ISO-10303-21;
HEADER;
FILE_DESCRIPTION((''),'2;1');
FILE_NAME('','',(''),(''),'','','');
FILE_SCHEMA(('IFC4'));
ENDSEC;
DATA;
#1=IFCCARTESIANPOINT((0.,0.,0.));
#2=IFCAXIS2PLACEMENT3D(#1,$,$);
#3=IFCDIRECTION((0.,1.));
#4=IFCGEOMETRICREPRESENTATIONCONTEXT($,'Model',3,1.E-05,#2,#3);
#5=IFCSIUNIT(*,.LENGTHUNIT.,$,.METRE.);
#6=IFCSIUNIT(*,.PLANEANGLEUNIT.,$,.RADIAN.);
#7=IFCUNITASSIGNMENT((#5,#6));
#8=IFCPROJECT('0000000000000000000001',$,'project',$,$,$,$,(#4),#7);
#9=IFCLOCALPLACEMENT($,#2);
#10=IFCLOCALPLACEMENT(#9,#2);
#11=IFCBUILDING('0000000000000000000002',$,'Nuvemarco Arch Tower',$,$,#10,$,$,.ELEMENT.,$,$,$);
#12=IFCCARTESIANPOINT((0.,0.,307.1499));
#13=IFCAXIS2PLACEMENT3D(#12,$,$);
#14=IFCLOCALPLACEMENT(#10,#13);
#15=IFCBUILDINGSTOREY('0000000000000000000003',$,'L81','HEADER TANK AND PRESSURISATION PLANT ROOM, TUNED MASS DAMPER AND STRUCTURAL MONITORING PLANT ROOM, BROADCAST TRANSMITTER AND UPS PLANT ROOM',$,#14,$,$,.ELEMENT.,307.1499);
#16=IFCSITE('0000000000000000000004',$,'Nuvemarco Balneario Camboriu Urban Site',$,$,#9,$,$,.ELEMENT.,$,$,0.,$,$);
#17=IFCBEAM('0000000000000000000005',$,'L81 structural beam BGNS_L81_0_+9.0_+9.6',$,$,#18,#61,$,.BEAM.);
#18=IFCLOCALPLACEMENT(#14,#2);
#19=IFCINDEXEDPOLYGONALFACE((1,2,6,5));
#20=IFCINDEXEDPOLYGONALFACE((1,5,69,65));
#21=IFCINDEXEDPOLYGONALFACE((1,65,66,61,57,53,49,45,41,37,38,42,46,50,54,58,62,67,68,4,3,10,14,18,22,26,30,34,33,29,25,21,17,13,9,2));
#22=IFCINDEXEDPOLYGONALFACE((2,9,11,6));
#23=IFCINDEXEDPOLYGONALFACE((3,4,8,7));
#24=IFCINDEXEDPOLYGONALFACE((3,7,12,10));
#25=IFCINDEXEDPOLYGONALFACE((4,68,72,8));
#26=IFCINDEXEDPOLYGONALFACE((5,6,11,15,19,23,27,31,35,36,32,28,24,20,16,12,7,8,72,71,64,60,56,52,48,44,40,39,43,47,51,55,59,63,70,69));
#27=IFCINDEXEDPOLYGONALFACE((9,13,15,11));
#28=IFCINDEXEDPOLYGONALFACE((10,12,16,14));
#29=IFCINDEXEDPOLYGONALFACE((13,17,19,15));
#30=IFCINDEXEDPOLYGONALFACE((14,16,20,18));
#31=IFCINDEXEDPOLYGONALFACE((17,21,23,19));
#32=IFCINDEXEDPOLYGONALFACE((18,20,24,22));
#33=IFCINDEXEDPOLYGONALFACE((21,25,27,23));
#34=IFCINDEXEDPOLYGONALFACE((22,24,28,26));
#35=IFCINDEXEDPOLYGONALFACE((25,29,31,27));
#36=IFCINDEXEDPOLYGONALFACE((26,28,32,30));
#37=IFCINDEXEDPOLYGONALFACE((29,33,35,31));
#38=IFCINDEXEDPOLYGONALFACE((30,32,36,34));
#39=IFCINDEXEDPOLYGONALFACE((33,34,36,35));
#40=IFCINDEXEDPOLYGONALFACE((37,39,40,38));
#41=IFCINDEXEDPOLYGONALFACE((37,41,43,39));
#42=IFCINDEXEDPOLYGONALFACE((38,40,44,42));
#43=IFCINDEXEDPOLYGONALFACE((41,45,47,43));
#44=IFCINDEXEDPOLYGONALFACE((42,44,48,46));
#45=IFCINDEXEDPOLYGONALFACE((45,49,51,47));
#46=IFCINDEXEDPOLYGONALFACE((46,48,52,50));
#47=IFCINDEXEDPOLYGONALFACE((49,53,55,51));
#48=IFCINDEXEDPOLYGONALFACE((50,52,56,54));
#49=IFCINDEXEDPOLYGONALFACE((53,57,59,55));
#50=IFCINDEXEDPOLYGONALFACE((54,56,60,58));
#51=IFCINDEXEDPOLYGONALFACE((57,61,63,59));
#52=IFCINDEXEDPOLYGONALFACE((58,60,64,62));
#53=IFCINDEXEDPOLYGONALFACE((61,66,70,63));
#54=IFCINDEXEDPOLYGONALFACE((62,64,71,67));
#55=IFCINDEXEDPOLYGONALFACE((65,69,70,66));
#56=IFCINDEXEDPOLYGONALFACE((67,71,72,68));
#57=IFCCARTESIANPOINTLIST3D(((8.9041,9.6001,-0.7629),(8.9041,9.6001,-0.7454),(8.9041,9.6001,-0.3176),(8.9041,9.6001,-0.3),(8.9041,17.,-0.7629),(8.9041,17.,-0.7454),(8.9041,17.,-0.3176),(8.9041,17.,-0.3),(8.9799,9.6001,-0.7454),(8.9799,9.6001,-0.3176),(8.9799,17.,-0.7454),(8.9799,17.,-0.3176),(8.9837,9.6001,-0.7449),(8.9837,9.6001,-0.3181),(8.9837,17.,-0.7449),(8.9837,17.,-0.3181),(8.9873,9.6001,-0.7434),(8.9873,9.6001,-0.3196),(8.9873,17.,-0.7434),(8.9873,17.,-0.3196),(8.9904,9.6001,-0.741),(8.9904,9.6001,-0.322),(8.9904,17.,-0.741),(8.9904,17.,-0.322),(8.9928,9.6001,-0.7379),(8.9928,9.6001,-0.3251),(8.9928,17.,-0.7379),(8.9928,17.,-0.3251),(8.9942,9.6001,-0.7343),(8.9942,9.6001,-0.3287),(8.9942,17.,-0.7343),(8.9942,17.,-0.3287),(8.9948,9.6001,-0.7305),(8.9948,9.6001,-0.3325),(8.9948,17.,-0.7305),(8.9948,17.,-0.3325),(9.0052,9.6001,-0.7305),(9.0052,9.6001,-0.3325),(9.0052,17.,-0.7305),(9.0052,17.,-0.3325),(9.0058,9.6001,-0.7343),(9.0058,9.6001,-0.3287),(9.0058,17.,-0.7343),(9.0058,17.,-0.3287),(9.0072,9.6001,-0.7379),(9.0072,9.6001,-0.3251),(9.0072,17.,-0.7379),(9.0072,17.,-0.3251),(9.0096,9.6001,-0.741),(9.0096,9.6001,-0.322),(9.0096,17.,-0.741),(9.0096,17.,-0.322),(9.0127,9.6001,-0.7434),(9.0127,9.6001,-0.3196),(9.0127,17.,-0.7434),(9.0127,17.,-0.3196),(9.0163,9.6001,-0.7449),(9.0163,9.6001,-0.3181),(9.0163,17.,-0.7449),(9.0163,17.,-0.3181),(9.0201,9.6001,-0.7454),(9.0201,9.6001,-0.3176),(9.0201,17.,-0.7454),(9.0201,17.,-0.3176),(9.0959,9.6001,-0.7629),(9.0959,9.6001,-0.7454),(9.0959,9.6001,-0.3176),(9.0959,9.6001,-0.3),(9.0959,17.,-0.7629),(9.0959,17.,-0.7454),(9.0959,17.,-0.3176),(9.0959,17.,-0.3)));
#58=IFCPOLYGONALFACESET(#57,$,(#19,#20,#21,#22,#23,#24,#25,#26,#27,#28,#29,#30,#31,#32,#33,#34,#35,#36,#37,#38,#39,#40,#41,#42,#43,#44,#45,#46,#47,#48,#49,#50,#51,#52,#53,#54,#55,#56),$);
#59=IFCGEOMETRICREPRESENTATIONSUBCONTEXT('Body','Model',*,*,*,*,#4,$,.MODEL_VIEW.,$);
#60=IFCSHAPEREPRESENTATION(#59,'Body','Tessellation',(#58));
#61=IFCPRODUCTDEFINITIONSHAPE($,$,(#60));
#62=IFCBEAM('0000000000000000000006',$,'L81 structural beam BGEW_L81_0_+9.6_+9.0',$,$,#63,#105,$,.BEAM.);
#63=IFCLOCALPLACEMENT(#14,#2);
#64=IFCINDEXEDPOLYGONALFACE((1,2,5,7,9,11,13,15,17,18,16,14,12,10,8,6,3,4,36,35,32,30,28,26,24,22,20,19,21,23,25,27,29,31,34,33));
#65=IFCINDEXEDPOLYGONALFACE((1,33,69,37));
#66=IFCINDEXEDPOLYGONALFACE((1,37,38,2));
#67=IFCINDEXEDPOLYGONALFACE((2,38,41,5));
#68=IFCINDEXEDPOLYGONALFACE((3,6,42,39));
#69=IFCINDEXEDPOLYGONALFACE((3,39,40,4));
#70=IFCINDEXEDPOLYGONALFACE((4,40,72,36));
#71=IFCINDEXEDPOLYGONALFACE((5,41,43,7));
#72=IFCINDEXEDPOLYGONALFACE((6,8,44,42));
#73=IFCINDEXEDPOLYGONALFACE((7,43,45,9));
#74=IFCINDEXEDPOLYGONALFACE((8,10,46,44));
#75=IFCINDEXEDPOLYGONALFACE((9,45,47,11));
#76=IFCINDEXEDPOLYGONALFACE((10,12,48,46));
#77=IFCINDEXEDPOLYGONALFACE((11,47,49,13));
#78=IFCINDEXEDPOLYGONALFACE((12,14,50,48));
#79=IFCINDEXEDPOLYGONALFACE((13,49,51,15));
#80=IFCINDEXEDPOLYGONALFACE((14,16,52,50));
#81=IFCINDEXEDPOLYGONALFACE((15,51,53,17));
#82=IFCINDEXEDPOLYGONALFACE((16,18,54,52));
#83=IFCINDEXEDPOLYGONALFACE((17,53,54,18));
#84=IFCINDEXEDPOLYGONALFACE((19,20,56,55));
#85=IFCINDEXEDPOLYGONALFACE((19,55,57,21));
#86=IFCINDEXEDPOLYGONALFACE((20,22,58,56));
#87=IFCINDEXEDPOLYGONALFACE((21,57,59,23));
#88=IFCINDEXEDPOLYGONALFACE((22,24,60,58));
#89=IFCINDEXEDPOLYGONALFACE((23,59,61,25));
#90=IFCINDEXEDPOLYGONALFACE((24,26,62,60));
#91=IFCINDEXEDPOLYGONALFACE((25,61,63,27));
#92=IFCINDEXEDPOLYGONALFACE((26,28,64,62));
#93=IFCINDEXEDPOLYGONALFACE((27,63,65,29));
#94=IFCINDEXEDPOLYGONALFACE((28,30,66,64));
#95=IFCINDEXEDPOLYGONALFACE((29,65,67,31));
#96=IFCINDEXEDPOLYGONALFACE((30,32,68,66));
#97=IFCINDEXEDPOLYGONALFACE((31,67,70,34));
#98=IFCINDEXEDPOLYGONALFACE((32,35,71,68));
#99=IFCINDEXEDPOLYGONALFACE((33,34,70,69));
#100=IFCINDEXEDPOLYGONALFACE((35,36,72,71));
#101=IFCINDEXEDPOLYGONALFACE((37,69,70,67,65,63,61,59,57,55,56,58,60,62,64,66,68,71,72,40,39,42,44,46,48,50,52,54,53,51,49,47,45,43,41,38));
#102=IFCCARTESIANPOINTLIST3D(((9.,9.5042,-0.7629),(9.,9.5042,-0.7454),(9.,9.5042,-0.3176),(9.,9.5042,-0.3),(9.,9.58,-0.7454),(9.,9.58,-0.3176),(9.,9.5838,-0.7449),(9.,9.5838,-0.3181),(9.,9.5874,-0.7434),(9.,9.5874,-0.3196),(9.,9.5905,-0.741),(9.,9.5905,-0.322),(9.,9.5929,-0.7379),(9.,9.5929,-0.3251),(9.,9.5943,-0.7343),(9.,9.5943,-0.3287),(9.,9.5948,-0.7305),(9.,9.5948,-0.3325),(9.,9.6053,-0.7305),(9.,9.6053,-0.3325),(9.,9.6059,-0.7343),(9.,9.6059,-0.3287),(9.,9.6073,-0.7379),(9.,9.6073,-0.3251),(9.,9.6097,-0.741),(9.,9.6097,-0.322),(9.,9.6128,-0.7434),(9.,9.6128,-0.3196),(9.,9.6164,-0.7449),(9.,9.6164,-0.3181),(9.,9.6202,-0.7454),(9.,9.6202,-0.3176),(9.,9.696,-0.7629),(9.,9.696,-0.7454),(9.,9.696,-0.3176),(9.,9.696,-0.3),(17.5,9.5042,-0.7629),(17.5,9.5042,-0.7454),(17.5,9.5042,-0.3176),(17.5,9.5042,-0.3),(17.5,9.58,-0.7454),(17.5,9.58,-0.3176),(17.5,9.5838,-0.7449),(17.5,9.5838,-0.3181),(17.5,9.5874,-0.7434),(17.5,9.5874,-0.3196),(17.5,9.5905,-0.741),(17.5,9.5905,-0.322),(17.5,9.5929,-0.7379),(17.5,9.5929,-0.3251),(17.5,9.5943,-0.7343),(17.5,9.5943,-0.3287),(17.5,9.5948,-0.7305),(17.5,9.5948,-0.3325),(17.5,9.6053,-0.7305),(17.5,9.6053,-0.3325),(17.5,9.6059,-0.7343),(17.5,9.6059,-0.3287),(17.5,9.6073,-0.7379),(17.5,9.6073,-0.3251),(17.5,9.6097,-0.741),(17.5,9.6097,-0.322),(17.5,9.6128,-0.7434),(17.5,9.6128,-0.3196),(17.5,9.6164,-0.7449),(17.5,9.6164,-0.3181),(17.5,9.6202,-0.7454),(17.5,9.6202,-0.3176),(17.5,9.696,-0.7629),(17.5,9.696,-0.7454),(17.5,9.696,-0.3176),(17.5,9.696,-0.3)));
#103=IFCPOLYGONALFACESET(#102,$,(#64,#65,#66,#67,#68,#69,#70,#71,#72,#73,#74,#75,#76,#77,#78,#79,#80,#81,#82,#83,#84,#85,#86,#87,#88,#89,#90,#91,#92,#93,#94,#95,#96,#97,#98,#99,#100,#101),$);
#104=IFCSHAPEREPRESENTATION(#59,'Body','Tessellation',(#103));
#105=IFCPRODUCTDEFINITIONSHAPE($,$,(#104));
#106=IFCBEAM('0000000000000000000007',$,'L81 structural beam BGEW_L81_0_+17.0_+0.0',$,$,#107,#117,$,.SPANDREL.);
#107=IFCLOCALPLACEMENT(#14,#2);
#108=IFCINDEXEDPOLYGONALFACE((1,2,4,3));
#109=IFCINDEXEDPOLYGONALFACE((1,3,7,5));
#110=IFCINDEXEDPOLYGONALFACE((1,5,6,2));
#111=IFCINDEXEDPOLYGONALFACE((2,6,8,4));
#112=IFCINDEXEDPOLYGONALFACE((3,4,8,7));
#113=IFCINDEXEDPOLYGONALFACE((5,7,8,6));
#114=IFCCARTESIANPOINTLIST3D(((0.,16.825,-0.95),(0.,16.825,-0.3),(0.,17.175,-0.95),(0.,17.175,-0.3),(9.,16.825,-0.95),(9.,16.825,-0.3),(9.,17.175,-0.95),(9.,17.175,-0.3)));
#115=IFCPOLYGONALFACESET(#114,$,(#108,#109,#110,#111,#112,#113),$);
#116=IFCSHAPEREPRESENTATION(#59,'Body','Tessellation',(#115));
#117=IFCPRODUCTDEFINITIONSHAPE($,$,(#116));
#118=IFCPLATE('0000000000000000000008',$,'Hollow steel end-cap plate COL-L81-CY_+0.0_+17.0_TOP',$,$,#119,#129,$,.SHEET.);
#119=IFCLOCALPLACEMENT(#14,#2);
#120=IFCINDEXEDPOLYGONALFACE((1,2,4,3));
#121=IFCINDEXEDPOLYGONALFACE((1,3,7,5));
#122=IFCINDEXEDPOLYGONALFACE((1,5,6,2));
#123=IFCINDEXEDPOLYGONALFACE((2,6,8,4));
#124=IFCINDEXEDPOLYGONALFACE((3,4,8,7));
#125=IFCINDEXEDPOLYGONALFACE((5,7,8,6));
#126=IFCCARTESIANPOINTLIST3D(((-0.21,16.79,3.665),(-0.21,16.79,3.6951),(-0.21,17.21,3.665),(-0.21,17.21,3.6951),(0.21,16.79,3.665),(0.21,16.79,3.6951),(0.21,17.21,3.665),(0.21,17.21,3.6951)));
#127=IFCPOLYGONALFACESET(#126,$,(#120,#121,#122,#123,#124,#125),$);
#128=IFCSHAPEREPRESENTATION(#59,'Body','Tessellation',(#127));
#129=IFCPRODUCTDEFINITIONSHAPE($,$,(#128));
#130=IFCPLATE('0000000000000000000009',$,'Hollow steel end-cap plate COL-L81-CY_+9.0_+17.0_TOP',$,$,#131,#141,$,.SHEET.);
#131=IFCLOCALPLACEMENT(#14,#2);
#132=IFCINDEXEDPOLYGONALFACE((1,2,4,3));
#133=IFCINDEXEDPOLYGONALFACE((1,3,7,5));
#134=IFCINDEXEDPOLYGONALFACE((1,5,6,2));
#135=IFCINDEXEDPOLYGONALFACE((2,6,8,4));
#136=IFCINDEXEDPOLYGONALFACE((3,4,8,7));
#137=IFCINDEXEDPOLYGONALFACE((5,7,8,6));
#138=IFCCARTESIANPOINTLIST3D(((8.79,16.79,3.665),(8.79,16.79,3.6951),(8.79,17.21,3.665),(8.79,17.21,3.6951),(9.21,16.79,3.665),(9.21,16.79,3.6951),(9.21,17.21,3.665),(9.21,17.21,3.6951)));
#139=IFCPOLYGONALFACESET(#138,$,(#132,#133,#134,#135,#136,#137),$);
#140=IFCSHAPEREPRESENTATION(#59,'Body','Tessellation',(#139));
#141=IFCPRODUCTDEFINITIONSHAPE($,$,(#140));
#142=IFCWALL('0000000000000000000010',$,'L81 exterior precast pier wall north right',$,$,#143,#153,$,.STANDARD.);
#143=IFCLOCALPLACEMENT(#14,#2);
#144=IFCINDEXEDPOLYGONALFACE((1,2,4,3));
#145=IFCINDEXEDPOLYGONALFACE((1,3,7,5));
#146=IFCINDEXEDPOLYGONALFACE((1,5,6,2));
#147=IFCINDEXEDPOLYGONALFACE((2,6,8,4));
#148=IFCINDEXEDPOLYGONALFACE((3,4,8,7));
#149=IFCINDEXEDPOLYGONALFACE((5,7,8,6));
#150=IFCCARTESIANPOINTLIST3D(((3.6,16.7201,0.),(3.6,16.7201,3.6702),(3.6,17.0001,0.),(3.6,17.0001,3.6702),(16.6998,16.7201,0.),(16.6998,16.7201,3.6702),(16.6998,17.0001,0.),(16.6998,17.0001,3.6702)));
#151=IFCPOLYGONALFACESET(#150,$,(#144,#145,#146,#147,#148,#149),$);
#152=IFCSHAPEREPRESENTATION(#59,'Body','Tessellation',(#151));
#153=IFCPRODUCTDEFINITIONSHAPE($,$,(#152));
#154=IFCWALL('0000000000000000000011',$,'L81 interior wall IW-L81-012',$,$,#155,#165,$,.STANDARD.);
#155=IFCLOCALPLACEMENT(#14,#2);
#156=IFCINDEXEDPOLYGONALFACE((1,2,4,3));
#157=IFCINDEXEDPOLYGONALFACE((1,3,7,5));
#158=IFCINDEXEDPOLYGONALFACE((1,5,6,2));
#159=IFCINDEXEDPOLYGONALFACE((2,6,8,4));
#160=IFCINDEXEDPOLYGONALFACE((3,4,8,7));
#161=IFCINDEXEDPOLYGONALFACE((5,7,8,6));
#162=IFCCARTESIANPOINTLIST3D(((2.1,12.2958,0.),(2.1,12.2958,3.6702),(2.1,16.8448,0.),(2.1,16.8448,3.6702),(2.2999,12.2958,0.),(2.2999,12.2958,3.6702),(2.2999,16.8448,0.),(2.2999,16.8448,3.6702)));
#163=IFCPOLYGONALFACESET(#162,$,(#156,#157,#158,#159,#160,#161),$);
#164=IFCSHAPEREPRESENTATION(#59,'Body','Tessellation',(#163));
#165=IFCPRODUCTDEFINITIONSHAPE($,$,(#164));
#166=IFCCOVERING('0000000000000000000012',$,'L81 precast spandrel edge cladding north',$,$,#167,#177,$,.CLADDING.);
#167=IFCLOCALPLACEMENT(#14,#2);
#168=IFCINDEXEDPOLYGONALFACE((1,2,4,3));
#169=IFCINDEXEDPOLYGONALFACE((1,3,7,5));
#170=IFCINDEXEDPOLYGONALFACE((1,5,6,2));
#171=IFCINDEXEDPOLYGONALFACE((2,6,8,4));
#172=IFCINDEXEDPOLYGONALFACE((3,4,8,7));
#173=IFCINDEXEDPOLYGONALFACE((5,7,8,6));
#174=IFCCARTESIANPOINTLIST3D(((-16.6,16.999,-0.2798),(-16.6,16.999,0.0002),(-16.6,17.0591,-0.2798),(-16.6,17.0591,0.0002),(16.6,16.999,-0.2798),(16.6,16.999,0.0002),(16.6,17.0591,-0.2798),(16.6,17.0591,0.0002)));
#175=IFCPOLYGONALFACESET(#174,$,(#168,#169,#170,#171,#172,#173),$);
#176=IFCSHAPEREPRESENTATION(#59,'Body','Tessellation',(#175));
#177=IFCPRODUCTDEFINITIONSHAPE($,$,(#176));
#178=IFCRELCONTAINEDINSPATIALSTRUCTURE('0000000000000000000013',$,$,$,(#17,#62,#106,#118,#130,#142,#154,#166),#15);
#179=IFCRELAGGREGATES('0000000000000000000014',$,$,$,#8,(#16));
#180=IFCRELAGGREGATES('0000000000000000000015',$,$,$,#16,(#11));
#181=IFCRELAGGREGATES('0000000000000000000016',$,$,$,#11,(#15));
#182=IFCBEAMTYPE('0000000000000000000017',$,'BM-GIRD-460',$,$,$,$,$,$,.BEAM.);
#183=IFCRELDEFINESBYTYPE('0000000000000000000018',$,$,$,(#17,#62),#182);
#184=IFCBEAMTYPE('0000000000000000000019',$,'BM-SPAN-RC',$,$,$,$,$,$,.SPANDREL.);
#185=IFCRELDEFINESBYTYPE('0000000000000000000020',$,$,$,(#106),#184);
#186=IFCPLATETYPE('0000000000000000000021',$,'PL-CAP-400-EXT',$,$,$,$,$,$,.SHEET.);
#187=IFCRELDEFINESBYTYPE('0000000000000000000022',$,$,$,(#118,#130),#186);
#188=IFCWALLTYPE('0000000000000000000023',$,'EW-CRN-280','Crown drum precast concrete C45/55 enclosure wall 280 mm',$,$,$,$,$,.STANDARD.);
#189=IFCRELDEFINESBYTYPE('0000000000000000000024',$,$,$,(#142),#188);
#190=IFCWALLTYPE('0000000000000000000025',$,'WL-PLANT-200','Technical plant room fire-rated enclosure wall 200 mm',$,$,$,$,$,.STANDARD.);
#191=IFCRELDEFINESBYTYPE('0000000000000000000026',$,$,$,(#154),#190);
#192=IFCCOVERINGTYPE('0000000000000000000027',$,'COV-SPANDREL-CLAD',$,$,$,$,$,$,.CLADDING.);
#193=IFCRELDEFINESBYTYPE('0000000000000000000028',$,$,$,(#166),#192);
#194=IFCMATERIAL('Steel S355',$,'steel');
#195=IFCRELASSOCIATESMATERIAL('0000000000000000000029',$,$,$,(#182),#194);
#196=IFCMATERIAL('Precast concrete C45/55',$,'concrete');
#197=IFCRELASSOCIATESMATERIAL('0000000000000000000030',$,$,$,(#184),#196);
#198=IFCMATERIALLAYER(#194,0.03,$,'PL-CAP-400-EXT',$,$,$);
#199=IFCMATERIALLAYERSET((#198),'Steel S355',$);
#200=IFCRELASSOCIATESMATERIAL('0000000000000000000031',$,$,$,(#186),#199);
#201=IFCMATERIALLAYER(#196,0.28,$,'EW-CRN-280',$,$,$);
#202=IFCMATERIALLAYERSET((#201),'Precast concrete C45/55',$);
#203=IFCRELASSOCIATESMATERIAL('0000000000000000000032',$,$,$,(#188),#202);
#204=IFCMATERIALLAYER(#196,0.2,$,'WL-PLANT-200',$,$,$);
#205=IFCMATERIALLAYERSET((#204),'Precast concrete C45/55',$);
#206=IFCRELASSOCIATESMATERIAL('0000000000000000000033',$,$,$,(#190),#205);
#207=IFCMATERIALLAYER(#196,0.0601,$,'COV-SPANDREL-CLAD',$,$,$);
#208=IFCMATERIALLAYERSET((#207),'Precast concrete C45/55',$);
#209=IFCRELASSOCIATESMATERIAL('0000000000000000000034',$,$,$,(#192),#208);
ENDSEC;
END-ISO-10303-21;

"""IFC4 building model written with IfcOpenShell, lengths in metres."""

from ifc_helpers import new_model, si_unit, direction, frame, frame_2d, origin, origin_2d, place, context, subcontext, project, spatial, rectangle, i_section, extrude, source, transform, mapped, material, layer, layer_set, material_profile, profile_set, type_object, type_shapes, element, save


model = new_model("IFC4")

# Units and contexts
model_context = context("Model", 3, precision=1e-05, world=origin(), true_north=direction((0.0, 1.0)))
body_context = subcontext(model_context, "Body", "Model", "MODEL_VIEW")
ifc_project = project(units=[si_unit("LENGTHUNIT", "METRE"), si_unit("PLANEANGLEUNIT", "RADIAN")], contexts=[model_context])

# Site, building, storey
site_placement = place(None, origin())
site = spatial("IfcSite", under=ifc_project, at=site_placement, Name="Nuvemarco Balneario Camboriu Urban Site", CompositionType="ELEMENT", RefElevation=0.0)
building_placement = place(site_placement, origin())
building = spatial("IfcBuilding", under=site, at=building_placement, Name="Nuvemarco Arch Tower", CompositionType="ELEMENT")
storey_placement = place(building_placement, frame((0.0, 0.0, 307.1499)))
storey = spatial("IfcBuildingStorey", under=building, at=storey_placement, Name="L81", Description="HEADER TANK AND PRESSURISATION PLANT ROOM, TUNED MASS DAMPER AND STRUCTURAL MONITORING PLANT ROOM, BROADCAST TRANSMITTER AND UPS PLANT ROOM", CompositionType="ELEMENT", Elevation=307.1499)

# Shared definitions
ifc_material_1 = material(Name="Steel S355", Category="steel")

# Beams
ifc_material_profile_1 = material_profile(ifc_material_1, i_section(OverallWidth=0.1919, OverallDepth=0.4629, WebThickness=0.0105, FlangeThickness=0.0176, FilletRadius=0.0149, at=origin_2d()), Name="W460x89")
ifc_profile_set_1 = profile_set([ifc_material_profile_1], Name="Steel S355")
beam_type_1 = type_object("IfcBeamType", Name="BM-GIRD-460", PredefinedType="BEAM", material=ifc_profile_set_1)
beam_1_placement = place(storey_placement, frame((9.0, 9.6001, -0.5315), z_axis=(0.0, 1.0, 0.0), x_axis=(-1.0, 0.0, 0.0)))
element("IfcBeam", 1, at=beam_1_placement, inside=storey, type_object=beam_type_1, Name="L81 structural beam BGNS_L81_0_+9.0_+9.6", PredefinedType="BEAM", context=body_context, shape_type="SweptSolid", body=[
    extrude(i_section(OverallWidth=0.1919, OverallDepth=0.4629, WebThickness=0.0105, FlangeThickness=0.0176, FilletRadius=0.0149, at=origin_2d()), origin(), (0.0, 0.0, 1.0), 7.3999),
])
beam_2_placement = place(storey_placement, frame((9.0, 9.6001, -0.5315), z_axis=(1.0, 0.0, 0.0), x_axis=(0.0, 1.0, 0.0)))
element("IfcBeam", 2, at=beam_2_placement, inside=storey, type_object=beam_type_1, Name="L81 structural beam BGEW_L81_0_+9.6_+9.0", PredefinedType="BEAM", context=body_context, shape_type="SweptSolid", body=[
    extrude(i_section(OverallWidth=0.1919, OverallDepth=0.4629, WebThickness=0.0105, FlangeThickness=0.0176, FilletRadius=0.0149, at=origin_2d()), origin(), (0.0, 0.0, 1.0), 8.5),
])
ifc_material_2 = material(Name="Precast concrete C45/55", Category="concrete")
ifc_material_profile_2 = material_profile(ifc_material_2, rectangle(XDim=0.3501, YDim=0.6499, at=origin_2d()), Name="PC-SP-350x650")
ifc_profile_set_2 = profile_set([ifc_material_profile_2], Name="Precast concrete C45/55")
beam_type_2 = type_object("IfcBeamType", Name="BM-SPAN-RC", PredefinedType="SPANDREL", material=ifc_profile_set_2)
beam_3_placement = place(storey_placement, frame((0.0, 17.0, -0.625), z_axis=(1.0, 0.0, 0.0), x_axis=(0.0, 1.0, 0.0)))
element("IfcBeam", 3, at=beam_3_placement, inside=storey, type_object=beam_type_2, Name="L81 structural beam BGEW_L81_0_+17.0_+0.0", PredefinedType="SPANDREL", context=body_context, shape_type="SweptSolid", body=[
    extrude(rectangle(XDim=0.3501, YDim=0.6499, at=origin_2d()), origin(), (0.0, 0.0, 1.0), 9.0),
])

# Plates
ifc_layer_1 = layer(ifc_material_1, 0.03, Name="PL-CAP-400-EXT")
ifc_layer_set_1 = layer_set([ifc_layer_1], Name="Steel S355")
plate_type_1 = type_object("IfcPlateType", Name="PL-CAP-400-EXT", PredefinedType="SHEET", material=ifc_layer_set_1)
shared_shape_1 = source(origin(), body_context, "Body", "SweptSolid", [
    extrude(rectangle(XDim=0.4199, YDim=0.4199, at=origin_2d()), origin(), (0.0, 0.0, 1.0), 0.03),
])
type_shapes(plate_type_1, [shared_shape_1])
for number, where, z_axis, x_axis, name in (
    (4, (0.0, 17.0, 3.665), (0.0, 0.0, 1.0), (1.0, 0.0, 0.0), "Hollow steel end-cap plate COL-L81-CY_+0.0_+17.0_TOP"),
    (5, (9.0, 17.0, 3.665), (0.0, 0.0, 1.0), (1.0, 0.0, 0.0), "Hollow steel end-cap plate COL-L81-CY_+9.0_+17.0_TOP"),
):
    element("IfcPlate", number, at=place(storey_placement, frame(where, z_axis=z_axis, x_axis=x_axis)), inside=storey, type_object=plate_type_1, Name=name, PredefinedType="SHEET", context=body_context, shape_type="MappedRepresentation", body=[
        mapped(shared_shape_1, transform((0.0, 0.0, 0.0), scale=1.0)),
    ])

# Walls
ifc_layer_2 = layer(ifc_material_2, 0.28, Name="EW-CRN-280")
ifc_layer_set_2 = layer_set([ifc_layer_2], Name="Precast concrete C45/55")
wall_type_1 = type_object("IfcWallType", Name="EW-CRN-280", Description="Crown drum precast concrete C45/55 enclosure wall 280 mm", PredefinedType="STANDARD", material=ifc_layer_set_2)
wall_1_placement = place(storey_placement, frame((3.6001, 16.8601, 0.0), z_axis=(0.0, 0.0, 1.0), x_axis=(1.0, 0.0, 0.0)))
element("IfcWall", 6, at=wall_1_placement, inside=storey, type_object=wall_type_1, Name="L81 exterior precast pier wall north right", PredefinedType="STANDARD", context=body_context, shape_type="SweptSolid", body=[
    extrude(rectangle(XDim=13.0999, YDim=0.28, at=frame_2d((6.5498, 0.0))), origin(), (0.0, 0.0, 1.0), 3.6702),
])
ifc_layer_3 = layer(ifc_material_2, 0.2, Name="WL-PLANT-200")
ifc_layer_set_3 = layer_set([ifc_layer_3], Name="Precast concrete C45/55")
wall_type_2 = type_object("IfcWallType", Name="WL-PLANT-200", Description="Technical plant room fire-rated enclosure wall 200 mm", PredefinedType="STANDARD", material=ifc_layer_set_3)
wall_2_placement = place(storey_placement, frame((2.2, 12.2959, 0.0), z_axis=(0.0, 0.0, 1.0), x_axis=(0.0, 1.0, 0.0)))
element("IfcWall", 7, at=wall_2_placement, inside=storey, type_object=wall_type_2, Name="L81 interior wall IW-L81-012", PredefinedType="STANDARD", context=body_context, shape_type="SweptSolid", body=[
    extrude(rectangle(XDim=4.5491, YDim=0.2, at=frame_2d((2.2744, 0.0))), origin(), (0.0, 0.0, 1.0), 3.6702),
])

# Covering
ifc_layer_4 = layer(ifc_material_2, 0.0601, Name="COV-SPANDREL-CLAD")
ifc_layer_set_4 = layer_set([ifc_layer_4], Name="Precast concrete C45/55")
covering_type = type_object("IfcCoveringType", Name="COV-SPANDREL-CLAD", PredefinedType="CLADDING", material=ifc_layer_set_4)
shared_shape_2 = source(origin(), body_context, "Body", "SweptSolid", [
    extrude(rectangle(XDim=33.2, YDim=0.0601, at=origin_2d()), origin(), (0.0, 0.0, 1.0), 0.28),
])
type_shapes(covering_type, [shared_shape_2])
covering_placement = place(storey_placement, frame((0.0, 17.0291, -0.2798), z_axis=(0.0, 0.0, 1.0), x_axis=(1.0, 0.0, 0.0)))
element("IfcCovering", 8, at=covering_placement, inside=storey, type_object=covering_type, Name="L81 precast spandrel edge cladding north", PredefinedType="CLADDING", context=body_context, shape_type="MappedRepresentation", body=[
    mapped(shared_shape_2, transform((0.0, 0.0, 0.0), scale=1.0)),
])

save(model, "model.ifc")
